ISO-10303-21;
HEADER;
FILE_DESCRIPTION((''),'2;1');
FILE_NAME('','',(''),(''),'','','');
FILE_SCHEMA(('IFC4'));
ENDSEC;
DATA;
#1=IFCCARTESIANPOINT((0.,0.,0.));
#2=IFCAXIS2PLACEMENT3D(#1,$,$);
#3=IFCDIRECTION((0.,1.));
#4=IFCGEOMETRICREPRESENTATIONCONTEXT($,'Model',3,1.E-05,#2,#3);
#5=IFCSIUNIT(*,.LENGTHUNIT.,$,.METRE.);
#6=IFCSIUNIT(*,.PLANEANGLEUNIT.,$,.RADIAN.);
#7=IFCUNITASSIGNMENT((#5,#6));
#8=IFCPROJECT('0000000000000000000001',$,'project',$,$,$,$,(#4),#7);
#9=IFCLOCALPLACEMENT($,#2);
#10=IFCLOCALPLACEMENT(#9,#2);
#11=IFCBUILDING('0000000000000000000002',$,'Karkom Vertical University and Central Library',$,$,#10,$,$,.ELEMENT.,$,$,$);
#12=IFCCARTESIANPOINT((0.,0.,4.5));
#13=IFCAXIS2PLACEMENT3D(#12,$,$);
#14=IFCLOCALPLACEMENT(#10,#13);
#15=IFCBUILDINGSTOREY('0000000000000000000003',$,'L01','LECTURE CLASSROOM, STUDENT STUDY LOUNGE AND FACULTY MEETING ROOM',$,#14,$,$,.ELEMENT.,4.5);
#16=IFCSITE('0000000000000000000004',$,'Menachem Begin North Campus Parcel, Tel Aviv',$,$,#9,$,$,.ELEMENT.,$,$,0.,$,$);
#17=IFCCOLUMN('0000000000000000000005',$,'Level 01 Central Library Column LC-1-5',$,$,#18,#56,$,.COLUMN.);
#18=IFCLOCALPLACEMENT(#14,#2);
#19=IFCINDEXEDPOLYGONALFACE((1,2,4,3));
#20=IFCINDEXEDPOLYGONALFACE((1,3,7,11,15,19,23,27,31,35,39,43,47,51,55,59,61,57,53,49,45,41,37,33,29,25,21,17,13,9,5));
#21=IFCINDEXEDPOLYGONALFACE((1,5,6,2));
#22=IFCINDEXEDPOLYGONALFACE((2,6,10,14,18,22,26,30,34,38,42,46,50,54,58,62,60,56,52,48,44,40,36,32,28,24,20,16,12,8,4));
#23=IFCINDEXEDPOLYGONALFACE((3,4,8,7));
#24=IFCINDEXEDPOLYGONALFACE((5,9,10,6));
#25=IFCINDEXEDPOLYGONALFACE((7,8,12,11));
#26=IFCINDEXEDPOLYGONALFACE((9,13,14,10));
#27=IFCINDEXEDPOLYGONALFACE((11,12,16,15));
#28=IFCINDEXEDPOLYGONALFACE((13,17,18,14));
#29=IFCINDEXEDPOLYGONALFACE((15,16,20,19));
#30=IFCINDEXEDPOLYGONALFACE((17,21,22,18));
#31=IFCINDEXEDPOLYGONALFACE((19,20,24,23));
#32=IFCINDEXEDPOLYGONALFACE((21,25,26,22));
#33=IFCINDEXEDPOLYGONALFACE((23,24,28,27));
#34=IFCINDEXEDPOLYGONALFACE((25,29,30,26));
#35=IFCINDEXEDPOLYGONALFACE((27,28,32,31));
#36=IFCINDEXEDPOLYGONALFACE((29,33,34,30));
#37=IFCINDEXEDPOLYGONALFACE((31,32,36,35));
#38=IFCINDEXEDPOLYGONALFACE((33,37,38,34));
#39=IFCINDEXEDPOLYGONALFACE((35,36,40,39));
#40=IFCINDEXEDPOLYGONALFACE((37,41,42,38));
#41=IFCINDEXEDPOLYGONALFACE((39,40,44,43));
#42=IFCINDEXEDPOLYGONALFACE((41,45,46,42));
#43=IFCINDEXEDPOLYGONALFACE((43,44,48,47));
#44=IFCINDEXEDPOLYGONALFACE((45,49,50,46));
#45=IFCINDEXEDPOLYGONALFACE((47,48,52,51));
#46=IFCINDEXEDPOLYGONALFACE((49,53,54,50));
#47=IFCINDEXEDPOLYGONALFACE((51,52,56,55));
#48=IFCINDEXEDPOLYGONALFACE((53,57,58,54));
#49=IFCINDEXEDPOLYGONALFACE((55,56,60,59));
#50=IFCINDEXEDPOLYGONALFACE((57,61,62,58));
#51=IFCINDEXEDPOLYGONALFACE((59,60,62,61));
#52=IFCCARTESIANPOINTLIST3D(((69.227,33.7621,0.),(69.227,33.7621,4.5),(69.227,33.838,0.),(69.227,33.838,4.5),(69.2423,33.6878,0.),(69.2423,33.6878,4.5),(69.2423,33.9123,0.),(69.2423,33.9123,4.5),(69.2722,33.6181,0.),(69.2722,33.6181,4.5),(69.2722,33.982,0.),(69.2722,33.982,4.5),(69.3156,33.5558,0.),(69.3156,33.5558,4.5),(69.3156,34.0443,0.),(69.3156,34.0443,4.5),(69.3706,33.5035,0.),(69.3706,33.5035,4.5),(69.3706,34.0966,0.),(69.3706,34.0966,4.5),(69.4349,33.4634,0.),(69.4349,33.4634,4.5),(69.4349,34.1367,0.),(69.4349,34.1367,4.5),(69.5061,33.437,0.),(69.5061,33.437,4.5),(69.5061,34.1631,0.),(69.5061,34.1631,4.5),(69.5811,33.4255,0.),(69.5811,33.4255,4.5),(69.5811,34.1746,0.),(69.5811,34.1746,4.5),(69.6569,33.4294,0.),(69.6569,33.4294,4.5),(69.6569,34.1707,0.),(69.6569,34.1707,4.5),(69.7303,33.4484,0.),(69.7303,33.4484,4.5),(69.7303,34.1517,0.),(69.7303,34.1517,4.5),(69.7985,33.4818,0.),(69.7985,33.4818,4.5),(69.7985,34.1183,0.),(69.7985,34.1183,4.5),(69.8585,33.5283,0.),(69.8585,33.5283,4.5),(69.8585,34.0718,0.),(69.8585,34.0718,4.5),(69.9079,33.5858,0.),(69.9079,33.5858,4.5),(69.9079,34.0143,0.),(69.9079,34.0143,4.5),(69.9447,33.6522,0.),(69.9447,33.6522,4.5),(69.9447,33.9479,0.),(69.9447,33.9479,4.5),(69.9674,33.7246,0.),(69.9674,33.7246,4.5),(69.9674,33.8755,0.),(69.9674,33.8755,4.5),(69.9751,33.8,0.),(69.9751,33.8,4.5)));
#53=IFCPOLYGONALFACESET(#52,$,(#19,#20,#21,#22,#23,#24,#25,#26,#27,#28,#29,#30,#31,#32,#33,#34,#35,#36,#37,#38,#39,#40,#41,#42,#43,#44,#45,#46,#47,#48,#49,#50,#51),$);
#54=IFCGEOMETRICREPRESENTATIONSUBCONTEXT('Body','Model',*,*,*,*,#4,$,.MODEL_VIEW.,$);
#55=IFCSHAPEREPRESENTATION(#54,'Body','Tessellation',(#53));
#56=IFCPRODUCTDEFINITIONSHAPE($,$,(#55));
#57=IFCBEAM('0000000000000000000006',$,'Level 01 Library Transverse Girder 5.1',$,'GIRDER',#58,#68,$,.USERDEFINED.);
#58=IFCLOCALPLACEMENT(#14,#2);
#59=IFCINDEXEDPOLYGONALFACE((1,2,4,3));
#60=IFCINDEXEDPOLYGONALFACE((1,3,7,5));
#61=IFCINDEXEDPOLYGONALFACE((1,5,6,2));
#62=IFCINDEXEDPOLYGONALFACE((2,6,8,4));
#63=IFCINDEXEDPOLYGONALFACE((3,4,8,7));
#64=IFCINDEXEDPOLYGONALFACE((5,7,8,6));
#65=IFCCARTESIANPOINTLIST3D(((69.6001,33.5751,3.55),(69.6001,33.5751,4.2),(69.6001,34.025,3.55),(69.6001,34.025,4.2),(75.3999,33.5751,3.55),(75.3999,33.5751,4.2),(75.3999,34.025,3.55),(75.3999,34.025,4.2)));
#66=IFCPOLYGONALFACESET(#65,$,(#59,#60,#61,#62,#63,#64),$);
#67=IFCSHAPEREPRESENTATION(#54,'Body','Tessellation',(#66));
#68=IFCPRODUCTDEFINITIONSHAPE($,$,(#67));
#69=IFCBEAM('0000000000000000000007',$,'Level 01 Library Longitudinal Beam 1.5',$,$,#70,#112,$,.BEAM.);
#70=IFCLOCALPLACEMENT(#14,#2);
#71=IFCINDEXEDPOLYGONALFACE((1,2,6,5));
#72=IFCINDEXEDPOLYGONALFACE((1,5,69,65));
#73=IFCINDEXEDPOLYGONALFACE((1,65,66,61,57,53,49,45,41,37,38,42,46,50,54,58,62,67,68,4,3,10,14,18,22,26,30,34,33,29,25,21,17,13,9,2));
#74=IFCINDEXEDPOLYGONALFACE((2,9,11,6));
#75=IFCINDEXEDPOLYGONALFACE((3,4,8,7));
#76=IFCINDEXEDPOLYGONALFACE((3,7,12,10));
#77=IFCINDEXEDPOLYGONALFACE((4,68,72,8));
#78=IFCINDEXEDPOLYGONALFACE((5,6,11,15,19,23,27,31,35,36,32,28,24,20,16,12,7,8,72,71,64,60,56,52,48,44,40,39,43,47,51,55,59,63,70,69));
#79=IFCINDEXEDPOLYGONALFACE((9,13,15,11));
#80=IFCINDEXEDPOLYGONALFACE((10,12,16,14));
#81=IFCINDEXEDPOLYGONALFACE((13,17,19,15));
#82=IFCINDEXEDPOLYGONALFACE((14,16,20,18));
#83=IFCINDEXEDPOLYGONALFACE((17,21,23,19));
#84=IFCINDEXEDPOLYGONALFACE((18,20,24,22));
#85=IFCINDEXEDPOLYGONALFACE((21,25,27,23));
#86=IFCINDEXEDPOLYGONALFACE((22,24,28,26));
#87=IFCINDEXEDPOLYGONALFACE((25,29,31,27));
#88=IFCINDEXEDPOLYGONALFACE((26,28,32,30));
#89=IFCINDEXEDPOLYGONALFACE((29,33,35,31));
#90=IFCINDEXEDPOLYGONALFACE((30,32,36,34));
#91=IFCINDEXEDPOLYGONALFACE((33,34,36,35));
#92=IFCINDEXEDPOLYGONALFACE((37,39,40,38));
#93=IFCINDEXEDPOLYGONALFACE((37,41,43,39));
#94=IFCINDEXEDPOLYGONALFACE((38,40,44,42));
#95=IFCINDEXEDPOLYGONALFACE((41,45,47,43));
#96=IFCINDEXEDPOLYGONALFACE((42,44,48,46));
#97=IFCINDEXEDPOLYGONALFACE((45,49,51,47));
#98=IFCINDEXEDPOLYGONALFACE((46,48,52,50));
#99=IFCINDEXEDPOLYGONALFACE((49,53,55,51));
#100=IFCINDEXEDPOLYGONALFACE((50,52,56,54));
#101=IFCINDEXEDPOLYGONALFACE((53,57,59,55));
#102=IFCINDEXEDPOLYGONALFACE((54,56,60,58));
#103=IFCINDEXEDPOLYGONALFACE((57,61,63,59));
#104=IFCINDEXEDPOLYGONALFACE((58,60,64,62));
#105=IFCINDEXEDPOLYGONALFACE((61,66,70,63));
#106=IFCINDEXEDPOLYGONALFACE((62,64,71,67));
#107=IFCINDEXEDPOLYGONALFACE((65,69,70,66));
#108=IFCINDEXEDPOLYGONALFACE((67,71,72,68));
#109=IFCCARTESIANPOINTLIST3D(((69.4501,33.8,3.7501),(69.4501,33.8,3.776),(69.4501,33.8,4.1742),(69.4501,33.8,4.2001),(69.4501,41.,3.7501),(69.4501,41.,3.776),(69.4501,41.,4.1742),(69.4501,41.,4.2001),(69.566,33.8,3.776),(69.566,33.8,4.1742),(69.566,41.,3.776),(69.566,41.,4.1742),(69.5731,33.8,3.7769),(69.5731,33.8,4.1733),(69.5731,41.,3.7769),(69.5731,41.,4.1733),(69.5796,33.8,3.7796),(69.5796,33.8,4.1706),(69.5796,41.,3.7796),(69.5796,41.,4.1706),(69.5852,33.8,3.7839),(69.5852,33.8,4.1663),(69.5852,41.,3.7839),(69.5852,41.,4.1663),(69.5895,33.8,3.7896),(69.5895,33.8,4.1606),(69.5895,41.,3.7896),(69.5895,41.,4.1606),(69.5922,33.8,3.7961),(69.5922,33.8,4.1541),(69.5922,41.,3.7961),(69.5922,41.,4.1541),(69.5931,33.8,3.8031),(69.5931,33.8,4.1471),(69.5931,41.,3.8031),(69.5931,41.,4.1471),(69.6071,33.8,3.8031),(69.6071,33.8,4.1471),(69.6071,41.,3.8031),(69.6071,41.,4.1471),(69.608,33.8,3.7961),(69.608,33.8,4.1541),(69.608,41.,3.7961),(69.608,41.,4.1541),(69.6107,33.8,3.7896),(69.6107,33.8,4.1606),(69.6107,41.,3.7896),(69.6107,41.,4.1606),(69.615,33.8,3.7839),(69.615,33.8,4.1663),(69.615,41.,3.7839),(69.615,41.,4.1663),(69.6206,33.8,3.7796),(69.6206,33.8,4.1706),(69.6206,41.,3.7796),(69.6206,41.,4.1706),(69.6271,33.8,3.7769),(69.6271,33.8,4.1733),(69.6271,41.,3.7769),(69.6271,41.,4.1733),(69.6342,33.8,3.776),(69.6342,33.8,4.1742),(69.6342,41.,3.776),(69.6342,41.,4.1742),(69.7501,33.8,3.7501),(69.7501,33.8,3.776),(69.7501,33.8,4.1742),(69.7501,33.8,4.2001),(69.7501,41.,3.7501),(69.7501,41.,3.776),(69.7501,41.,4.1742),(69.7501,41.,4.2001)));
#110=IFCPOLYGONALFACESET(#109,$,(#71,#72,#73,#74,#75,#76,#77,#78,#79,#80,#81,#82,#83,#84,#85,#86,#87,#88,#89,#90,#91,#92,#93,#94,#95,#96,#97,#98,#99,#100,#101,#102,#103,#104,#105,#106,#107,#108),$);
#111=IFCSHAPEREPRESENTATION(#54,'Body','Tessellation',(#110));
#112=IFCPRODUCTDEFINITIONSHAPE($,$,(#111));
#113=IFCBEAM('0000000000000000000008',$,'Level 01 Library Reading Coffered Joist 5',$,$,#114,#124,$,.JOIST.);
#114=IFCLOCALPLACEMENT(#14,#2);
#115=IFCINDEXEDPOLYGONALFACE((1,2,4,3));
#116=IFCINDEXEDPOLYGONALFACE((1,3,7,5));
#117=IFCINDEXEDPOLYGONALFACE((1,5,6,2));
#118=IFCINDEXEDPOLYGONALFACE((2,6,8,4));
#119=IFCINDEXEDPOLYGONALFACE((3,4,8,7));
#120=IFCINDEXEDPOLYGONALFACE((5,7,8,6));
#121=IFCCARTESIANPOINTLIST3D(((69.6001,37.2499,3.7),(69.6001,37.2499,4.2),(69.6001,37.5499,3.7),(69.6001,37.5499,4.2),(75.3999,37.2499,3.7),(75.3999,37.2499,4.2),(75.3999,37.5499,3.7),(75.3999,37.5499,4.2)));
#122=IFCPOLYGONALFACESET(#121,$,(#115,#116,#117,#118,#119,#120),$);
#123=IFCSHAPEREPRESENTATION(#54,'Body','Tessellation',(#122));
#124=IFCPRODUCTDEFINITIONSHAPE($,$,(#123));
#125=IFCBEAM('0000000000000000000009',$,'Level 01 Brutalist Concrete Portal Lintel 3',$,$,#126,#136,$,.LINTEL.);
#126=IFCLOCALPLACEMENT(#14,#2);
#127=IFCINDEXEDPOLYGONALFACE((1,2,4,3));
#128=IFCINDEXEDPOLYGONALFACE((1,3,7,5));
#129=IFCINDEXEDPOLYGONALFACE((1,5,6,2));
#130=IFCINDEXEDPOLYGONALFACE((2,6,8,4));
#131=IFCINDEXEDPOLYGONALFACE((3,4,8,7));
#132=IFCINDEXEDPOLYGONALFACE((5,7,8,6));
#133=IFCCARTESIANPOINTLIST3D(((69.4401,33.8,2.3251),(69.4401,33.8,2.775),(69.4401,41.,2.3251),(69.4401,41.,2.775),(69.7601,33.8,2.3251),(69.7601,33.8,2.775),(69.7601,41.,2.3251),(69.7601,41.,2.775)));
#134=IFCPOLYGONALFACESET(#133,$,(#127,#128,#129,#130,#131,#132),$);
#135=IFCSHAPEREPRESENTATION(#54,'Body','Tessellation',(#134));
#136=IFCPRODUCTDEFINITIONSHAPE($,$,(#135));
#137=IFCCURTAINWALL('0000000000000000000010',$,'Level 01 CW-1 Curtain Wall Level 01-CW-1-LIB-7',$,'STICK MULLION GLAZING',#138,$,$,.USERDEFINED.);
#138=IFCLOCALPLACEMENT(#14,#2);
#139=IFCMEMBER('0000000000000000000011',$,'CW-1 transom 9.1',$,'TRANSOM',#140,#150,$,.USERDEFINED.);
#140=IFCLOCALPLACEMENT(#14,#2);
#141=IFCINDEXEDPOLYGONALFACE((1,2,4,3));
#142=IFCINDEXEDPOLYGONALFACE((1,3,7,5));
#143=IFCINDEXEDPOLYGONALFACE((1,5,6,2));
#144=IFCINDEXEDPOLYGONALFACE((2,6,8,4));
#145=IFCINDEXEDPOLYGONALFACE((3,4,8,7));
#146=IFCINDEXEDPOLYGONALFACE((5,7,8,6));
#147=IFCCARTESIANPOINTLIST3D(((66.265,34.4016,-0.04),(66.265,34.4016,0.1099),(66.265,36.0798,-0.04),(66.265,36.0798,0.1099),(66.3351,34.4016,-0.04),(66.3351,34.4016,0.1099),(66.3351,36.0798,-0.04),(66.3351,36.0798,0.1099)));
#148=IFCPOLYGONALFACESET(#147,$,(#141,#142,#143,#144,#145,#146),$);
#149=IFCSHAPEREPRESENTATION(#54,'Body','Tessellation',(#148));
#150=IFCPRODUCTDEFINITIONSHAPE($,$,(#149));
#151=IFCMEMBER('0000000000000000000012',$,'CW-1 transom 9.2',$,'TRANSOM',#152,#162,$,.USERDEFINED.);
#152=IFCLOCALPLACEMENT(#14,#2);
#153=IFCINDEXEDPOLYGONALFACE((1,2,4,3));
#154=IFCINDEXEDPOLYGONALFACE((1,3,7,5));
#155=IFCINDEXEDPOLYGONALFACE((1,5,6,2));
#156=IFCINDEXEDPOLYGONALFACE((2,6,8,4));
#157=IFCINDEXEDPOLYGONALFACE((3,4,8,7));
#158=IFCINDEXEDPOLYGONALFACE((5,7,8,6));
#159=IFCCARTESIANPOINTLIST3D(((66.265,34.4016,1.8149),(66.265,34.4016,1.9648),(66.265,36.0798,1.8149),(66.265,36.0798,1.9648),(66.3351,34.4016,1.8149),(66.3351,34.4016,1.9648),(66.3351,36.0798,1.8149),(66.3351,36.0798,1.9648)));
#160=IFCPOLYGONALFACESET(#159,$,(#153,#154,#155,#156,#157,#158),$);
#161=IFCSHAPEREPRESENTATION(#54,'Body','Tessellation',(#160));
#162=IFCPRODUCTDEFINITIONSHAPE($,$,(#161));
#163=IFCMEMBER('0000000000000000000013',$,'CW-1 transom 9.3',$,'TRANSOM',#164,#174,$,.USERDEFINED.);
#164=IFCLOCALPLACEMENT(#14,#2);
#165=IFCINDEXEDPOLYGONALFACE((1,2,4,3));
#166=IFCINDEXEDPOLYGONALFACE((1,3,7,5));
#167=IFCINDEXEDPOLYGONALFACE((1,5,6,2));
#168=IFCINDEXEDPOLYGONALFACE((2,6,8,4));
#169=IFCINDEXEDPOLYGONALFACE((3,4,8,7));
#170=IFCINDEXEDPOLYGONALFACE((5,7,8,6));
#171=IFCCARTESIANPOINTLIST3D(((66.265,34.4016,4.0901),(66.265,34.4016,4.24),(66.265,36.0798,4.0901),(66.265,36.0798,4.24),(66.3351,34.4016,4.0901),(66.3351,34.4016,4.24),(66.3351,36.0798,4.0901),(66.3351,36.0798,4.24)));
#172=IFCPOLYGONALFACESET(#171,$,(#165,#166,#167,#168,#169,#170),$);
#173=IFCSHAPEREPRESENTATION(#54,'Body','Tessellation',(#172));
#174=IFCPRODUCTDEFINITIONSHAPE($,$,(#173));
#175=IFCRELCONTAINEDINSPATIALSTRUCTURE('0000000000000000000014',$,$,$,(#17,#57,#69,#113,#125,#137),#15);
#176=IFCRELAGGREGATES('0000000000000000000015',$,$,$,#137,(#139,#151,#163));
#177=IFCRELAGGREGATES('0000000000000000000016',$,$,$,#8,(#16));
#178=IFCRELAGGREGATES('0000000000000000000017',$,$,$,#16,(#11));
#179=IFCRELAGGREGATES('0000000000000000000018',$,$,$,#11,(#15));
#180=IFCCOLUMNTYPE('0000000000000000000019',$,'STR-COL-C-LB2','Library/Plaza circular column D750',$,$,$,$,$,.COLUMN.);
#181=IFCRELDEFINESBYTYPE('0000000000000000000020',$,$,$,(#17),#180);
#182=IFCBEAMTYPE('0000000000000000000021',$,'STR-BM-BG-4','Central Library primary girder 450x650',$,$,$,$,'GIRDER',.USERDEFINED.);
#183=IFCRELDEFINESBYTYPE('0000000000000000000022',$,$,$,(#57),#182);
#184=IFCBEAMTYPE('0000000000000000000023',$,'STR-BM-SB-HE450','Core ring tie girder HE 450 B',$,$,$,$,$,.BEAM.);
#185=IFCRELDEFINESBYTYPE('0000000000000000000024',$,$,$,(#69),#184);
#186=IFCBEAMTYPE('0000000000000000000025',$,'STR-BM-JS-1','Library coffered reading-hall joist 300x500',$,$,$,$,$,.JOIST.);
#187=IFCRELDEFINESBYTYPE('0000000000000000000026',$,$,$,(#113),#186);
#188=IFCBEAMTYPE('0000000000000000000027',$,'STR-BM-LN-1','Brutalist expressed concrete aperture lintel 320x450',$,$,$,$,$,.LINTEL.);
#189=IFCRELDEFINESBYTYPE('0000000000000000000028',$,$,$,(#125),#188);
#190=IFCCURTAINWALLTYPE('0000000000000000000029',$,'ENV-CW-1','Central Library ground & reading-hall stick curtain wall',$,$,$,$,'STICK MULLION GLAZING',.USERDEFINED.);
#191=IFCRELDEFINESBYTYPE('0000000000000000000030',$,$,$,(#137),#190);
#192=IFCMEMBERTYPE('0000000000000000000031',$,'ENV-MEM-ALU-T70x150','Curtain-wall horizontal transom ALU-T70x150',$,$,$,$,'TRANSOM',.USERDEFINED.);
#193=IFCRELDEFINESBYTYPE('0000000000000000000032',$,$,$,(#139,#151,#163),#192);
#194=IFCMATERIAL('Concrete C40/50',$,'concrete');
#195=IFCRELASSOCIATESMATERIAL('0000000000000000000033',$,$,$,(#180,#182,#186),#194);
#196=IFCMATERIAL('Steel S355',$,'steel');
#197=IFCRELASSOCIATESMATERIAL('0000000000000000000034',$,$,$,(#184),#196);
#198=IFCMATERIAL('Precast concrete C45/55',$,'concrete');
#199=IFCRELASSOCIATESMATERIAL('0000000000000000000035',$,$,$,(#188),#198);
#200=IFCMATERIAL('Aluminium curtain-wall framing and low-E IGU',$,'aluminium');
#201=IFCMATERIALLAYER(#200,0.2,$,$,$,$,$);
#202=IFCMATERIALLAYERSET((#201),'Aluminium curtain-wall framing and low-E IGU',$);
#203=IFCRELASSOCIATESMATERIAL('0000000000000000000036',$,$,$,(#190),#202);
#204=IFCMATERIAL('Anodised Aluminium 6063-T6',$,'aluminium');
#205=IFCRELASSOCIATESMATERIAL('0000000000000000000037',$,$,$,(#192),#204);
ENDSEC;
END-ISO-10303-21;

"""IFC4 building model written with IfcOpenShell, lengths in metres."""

from ifc_helpers import new_model, si_unit, direction, frame, origin, origin_with_axes, origin_2d, place, context, subcontext, project, spatial, rectangle, circle, i_section, extrude, source, transform, mapped, material, layer, layer_set, material_profile, profile_set, type_object, element, aggregate, save


model = new_model("IFC4")

# Units and contexts
model_context = context("Model", 3, precision=1e-05, world=origin(), true_north=direction((0.0, 1.0)))
body_context = subcontext(model_context, "Body", "Model", "MODEL_VIEW")
ifc_project = project(units=[si_unit("LENGTHUNIT", "METRE"), si_unit("PLANEANGLEUNIT", "RADIAN")], contexts=[model_context])

# Site, building, storey
site_placement = place(None, origin())
site = spatial("IfcSite", under=ifc_project, at=site_placement, Name="Menachem Begin North Campus Parcel, Tel Aviv", CompositionType="ELEMENT", RefElevation=0.0)
building_placement = place(site_placement, origin())
building = spatial("IfcBuilding", under=site, at=building_placement, Name="Karkom Vertical University and Central Library", CompositionType="ELEMENT")
storey_placement = place(building_placement, frame((0.0, 0.0, 4.5)))
storey = spatial("IfcBuildingStorey", under=building, at=storey_placement, Name="L01", Description="LECTURE CLASSROOM, STUDENT STUDY LOUNGE AND FACULTY MEETING ROOM", CompositionType="ELEMENT", Elevation=4.5)

# Column
ifc_material_1 = material(Name="Concrete C40/50", Category="concrete")
ifc_material_profile_1 = material_profile(ifc_material_1, circle(Radius=0.375, at=origin_2d()), Name="RC-D750")
ifc_profile_set_1 = profile_set([ifc_material_profile_1], Name="Concrete C40/50")
column_type = type_object("IfcColumnType", Name="STR-COL-C-LB2", Description="Library/Plaza circular column D750", PredefinedType="COLUMN", material=ifc_profile_set_1)
shared_shape_1 = source(origin_with_axes(), body_context, "Body", "SweptSolid", [
    extrude(circle(Radius=0.375, at=origin_2d()), origin(), (0.0, 0.0, 1.0), 4.5),
])
column_placement = place(storey_placement, frame((69.6001, 33.8, 0.0), z_axis=(0.0, 0.0, 1.0), x_axis=(1.0, 0.0, 0.0)))
element("IfcColumn", 1, at=column_placement, inside=storey, type_object=column_type, Name="Level 01 Central Library Column LC-1-5", PredefinedType="COLUMN", context=body_context, shape_type="MappedRepresentation", body=[
    mapped(shared_shape_1, transform((0.0, 0.0, 0.0), scale=1.0)),
])

# Beams
ifc_material_profile_2 = material_profile(ifc_material_1, rectangle(XDim=0.45, YDim=0.6499, at=origin_2d()), Name="RCB-450x650")
ifc_profile_set_2 = profile_set([ifc_material_profile_2], Name="Concrete C40/50")
beam_type_1 = type_object("IfcBeamType", Name="STR-BM-BG-4", Description="Central Library primary girder 450x650", ElementType="GIRDER", PredefinedType="USERDEFINED", material=ifc_profile_set_2)
shared_shape_2 = source(origin_with_axes(), body_context, "Body", "SweptSolid", [
    extrude(rectangle(XDim=0.45, YDim=0.6499, at=origin_2d()), origin(), (0.0, 0.0, 1.0), 5.7998),
])
beam_1_placement = place(storey_placement, frame((69.6001, 33.8, 3.875), z_axis=(1.0, 0.0, 0.0), x_axis=(0.0, 1.0, 0.0)))
element("IfcBeam", 2, at=beam_1_placement, inside=storey, type_object=beam_type_1, Name="Level 01 Library Transverse Girder 5.1", ObjectType="GIRDER", PredefinedType="USERDEFINED", context=body_context, shape_type="MappedRepresentation", body=[
    mapped(shared_shape_2, transform((0.0, 0.0, 0.0), scale=1.0)),
])
ifc_material_2 = material(Name="Steel S355", Category="steel")
ifc_material_profile_3 = material_profile(ifc_material_2, i_section(OverallWidth=0.3, OverallDepth=0.45, WebThickness=0.0139, FlangeThickness=0.0259, FilletRadius=0.0271, at=origin_2d()), Name="HE 450 B")
ifc_profile_set_3 = profile_set([ifc_material_profile_3], Name="Steel S355")
beam_type_2 = type_object("IfcBeamType", Name="STR-BM-SB-HE450", Description="Core ring tie girder HE 450 B", PredefinedType="BEAM", material=ifc_profile_set_3)
shared_shape_3 = source(origin_with_axes(), body_context, "Body", "SweptSolid", [
    extrude(i_section(OverallWidth=0.3, OverallDepth=0.45, WebThickness=0.0139, FlangeThickness=0.0259, FilletRadius=0.0271, at=origin_2d()), origin(), (0.0, 0.0, 1.0), 7.2),
])
beam_2_placement = place(storey_placement, frame((69.6001, 33.8, 3.9751), z_axis=(0.0, 1.0, 0.0), x_axis=(-1.0, 0.0, 0.0)))
element("IfcBeam", 3, at=beam_2_placement, inside=storey, type_object=beam_type_2, Name="Level 01 Library Longitudinal Beam 1.5", PredefinedType="BEAM", context=body_context, shape_type="MappedRepresentation", body=[
    mapped(shared_shape_3, transform((0.0, 0.0, 0.0), scale=1.0)),
])
ifc_material_profile_4 = material_profile(ifc_material_1, rectangle(XDim=0.3, YDim=0.5, at=origin_2d()), Name="RCJ-300x500")
ifc_profile_set_4 = profile_set([ifc_material_profile_4], Name="Concrete C40/50")
beam_type_3 = type_object("IfcBeamType", Name="STR-BM-JS-1", Description="Library coffered reading-hall joist 300x500", PredefinedType="JOIST", material=ifc_profile_set_4)
shared_shape_4 = source(origin_with_axes(), body_context, "Body", "SweptSolid", [
    extrude(rectangle(XDim=0.3, YDim=0.5, at=origin_2d()), origin(), (0.0, 0.0, 1.0), 5.7998),
])
beam_3_placement = place(storey_placement, frame((69.6001, 37.3999, 3.95), z_axis=(1.0, 0.0, 0.0), x_axis=(0.0, 1.0, 0.0)))
element("IfcBeam", 4, at=beam_3_placement, inside=storey, type_object=beam_type_3, Name="Level 01 Library Reading Coffered Joist 5", PredefinedType="JOIST", context=body_context, shape_type="MappedRepresentation", body=[
    mapped(shared_shape_4, transform((0.0, 0.0, 0.0), scale=1.0)),
])
ifc_material_3 = material(Name="Precast concrete C45/55", Category="concrete")
ifc_material_profile_5 = material_profile(ifc_material_3, rectangle(XDim=0.3201, YDim=0.45, at=origin_2d()), Name="RCL-320x450")
ifc_profile_set_5 = profile_set([ifc_material_profile_5], Name="Precast concrete C45/55")
beam_type_4 = type_object("IfcBeamType", Name="STR-BM-LN-1", Description="Brutalist expressed concrete aperture lintel 320x450", PredefinedType="LINTEL", material=ifc_profile_set_5)
shared_shape_5 = source(origin_with_axes(), body_context, "Body", "SweptSolid", [
    extrude(rectangle(XDim=0.3201, YDim=0.45, at=origin_2d()), origin(), (0.0, 0.0, 1.0), 7.2),
])
beam_4_placement = place(storey_placement, frame((69.6001, 33.8, 2.55), z_axis=(0.0, 1.0, 0.0), x_axis=(-1.0, 0.0, 0.0)))
element("IfcBeam", 5, at=beam_4_placement, inside=storey, type_object=beam_type_4, Name="Level 01 Brutalist Concrete Portal Lintel 3", PredefinedType="LINTEL", context=body_context, shape_type="MappedRepresentation", body=[
    mapped(shared_shape_5, transform((0.0, 0.0, 0.0), scale=1.0)),
])

# Curtain wall, members
ifc_material_4 = material(Name="Aluminium curtain-wall framing and low-E IGU", Category="aluminium")
ifc_layer_1 = layer(ifc_material_4, 0.2)
ifc_layer_set_1 = layer_set([ifc_layer_1], Name="Aluminium curtain-wall framing and low-E IGU")
curtain_wall_type = type_object("IfcCurtainWallType", Name="ENV-CW-1", Description="Central Library ground & reading-hall stick curtain wall", ElementType="STICK MULLION GLAZING", PredefinedType="USERDEFINED", material=ifc_layer_set_1)
curtain_wall_placement = place(storey_placement, origin())
curtain_wall = element("IfcCurtainWall", 6, at=curtain_wall_placement, inside=storey, type_object=curtain_wall_type, Name="Level 01 CW-1 Curtain Wall Level 01-CW-1-LIB-7", ObjectType="STICK MULLION GLAZING", PredefinedType="USERDEFINED")
ifc_material_5 = material(Name="Anodised Aluminium 6063-T6", Category="aluminium")
ifc_material_profile_6 = material_profile(ifc_material_5, rectangle(XDim=0.0701, YDim=0.1499, at=origin_2d()), Name="ALU-T70x150")
ifc_profile_set_6 = profile_set([ifc_material_profile_6], Name="Anodised Aluminium 6063-T6")
member_type = type_object("IfcMemberType", Name="ENV-MEM-ALU-T70x150", Description="Curtain-wall horizontal transom ALU-T70x150", ElementType="TRANSOM", PredefinedType="USERDEFINED", material=ifc_profile_set_6)
shared_shape_6 = source(origin_with_axes(), body_context, "Body", "SweptSolid", [
    extrude(rectangle(XDim=0.0701, YDim=0.1499, at=origin_2d()), origin(), (0.0, 0.0, 1.0), 1.6782),
])
member_1_placement = place(storey_placement, frame((66.3, 36.0798, 0.0349), z_axis=(0.0, -1.0, 0.0), x_axis=(1.0, 0.0, 0.0)))
member_1 = element("IfcMember", 7, at=member_1_placement, type_object=member_type, Name="CW-1 transom 9.1", ObjectType="TRANSOM", PredefinedType="USERDEFINED", context=body_context, shape_type="MappedRepresentation", body=[
    mapped(shared_shape_6, transform((0.0, 0.0, 0.0), scale=1.0)),
])
member_2_placement = place(storey_placement, frame((66.3, 36.0798, 1.8899), z_axis=(0.0, -1.0, 0.0), x_axis=(1.0, 0.0, 0.0)))
member_2 = element("IfcMember", 8, at=member_2_placement, type_object=member_type, Name="CW-1 transom 9.2", ObjectType="TRANSOM", PredefinedType="USERDEFINED", context=body_context, shape_type="MappedRepresentation", body=[
    mapped(shared_shape_6, transform((0.0, 0.0, 0.0), scale=1.0)),
])
member_3_placement = place(storey_placement, frame((66.3, 36.0798, 4.165), z_axis=(0.0, -1.0, 0.0), x_axis=(1.0, 0.0, 0.0)))
member_3 = element("IfcMember", 9, at=member_3_placement, type_object=member_type, Name="CW-1 transom 9.3", ObjectType="TRANSOM", PredefinedType="USERDEFINED", context=body_context, shape_type="MappedRepresentation", body=[
    mapped(shared_shape_6, transform((0.0, 0.0, 0.0), scale=1.0)),
])
aggregate(curtain_wall, [member_1, member_2, member_3])

save(model, "model.ifc")
